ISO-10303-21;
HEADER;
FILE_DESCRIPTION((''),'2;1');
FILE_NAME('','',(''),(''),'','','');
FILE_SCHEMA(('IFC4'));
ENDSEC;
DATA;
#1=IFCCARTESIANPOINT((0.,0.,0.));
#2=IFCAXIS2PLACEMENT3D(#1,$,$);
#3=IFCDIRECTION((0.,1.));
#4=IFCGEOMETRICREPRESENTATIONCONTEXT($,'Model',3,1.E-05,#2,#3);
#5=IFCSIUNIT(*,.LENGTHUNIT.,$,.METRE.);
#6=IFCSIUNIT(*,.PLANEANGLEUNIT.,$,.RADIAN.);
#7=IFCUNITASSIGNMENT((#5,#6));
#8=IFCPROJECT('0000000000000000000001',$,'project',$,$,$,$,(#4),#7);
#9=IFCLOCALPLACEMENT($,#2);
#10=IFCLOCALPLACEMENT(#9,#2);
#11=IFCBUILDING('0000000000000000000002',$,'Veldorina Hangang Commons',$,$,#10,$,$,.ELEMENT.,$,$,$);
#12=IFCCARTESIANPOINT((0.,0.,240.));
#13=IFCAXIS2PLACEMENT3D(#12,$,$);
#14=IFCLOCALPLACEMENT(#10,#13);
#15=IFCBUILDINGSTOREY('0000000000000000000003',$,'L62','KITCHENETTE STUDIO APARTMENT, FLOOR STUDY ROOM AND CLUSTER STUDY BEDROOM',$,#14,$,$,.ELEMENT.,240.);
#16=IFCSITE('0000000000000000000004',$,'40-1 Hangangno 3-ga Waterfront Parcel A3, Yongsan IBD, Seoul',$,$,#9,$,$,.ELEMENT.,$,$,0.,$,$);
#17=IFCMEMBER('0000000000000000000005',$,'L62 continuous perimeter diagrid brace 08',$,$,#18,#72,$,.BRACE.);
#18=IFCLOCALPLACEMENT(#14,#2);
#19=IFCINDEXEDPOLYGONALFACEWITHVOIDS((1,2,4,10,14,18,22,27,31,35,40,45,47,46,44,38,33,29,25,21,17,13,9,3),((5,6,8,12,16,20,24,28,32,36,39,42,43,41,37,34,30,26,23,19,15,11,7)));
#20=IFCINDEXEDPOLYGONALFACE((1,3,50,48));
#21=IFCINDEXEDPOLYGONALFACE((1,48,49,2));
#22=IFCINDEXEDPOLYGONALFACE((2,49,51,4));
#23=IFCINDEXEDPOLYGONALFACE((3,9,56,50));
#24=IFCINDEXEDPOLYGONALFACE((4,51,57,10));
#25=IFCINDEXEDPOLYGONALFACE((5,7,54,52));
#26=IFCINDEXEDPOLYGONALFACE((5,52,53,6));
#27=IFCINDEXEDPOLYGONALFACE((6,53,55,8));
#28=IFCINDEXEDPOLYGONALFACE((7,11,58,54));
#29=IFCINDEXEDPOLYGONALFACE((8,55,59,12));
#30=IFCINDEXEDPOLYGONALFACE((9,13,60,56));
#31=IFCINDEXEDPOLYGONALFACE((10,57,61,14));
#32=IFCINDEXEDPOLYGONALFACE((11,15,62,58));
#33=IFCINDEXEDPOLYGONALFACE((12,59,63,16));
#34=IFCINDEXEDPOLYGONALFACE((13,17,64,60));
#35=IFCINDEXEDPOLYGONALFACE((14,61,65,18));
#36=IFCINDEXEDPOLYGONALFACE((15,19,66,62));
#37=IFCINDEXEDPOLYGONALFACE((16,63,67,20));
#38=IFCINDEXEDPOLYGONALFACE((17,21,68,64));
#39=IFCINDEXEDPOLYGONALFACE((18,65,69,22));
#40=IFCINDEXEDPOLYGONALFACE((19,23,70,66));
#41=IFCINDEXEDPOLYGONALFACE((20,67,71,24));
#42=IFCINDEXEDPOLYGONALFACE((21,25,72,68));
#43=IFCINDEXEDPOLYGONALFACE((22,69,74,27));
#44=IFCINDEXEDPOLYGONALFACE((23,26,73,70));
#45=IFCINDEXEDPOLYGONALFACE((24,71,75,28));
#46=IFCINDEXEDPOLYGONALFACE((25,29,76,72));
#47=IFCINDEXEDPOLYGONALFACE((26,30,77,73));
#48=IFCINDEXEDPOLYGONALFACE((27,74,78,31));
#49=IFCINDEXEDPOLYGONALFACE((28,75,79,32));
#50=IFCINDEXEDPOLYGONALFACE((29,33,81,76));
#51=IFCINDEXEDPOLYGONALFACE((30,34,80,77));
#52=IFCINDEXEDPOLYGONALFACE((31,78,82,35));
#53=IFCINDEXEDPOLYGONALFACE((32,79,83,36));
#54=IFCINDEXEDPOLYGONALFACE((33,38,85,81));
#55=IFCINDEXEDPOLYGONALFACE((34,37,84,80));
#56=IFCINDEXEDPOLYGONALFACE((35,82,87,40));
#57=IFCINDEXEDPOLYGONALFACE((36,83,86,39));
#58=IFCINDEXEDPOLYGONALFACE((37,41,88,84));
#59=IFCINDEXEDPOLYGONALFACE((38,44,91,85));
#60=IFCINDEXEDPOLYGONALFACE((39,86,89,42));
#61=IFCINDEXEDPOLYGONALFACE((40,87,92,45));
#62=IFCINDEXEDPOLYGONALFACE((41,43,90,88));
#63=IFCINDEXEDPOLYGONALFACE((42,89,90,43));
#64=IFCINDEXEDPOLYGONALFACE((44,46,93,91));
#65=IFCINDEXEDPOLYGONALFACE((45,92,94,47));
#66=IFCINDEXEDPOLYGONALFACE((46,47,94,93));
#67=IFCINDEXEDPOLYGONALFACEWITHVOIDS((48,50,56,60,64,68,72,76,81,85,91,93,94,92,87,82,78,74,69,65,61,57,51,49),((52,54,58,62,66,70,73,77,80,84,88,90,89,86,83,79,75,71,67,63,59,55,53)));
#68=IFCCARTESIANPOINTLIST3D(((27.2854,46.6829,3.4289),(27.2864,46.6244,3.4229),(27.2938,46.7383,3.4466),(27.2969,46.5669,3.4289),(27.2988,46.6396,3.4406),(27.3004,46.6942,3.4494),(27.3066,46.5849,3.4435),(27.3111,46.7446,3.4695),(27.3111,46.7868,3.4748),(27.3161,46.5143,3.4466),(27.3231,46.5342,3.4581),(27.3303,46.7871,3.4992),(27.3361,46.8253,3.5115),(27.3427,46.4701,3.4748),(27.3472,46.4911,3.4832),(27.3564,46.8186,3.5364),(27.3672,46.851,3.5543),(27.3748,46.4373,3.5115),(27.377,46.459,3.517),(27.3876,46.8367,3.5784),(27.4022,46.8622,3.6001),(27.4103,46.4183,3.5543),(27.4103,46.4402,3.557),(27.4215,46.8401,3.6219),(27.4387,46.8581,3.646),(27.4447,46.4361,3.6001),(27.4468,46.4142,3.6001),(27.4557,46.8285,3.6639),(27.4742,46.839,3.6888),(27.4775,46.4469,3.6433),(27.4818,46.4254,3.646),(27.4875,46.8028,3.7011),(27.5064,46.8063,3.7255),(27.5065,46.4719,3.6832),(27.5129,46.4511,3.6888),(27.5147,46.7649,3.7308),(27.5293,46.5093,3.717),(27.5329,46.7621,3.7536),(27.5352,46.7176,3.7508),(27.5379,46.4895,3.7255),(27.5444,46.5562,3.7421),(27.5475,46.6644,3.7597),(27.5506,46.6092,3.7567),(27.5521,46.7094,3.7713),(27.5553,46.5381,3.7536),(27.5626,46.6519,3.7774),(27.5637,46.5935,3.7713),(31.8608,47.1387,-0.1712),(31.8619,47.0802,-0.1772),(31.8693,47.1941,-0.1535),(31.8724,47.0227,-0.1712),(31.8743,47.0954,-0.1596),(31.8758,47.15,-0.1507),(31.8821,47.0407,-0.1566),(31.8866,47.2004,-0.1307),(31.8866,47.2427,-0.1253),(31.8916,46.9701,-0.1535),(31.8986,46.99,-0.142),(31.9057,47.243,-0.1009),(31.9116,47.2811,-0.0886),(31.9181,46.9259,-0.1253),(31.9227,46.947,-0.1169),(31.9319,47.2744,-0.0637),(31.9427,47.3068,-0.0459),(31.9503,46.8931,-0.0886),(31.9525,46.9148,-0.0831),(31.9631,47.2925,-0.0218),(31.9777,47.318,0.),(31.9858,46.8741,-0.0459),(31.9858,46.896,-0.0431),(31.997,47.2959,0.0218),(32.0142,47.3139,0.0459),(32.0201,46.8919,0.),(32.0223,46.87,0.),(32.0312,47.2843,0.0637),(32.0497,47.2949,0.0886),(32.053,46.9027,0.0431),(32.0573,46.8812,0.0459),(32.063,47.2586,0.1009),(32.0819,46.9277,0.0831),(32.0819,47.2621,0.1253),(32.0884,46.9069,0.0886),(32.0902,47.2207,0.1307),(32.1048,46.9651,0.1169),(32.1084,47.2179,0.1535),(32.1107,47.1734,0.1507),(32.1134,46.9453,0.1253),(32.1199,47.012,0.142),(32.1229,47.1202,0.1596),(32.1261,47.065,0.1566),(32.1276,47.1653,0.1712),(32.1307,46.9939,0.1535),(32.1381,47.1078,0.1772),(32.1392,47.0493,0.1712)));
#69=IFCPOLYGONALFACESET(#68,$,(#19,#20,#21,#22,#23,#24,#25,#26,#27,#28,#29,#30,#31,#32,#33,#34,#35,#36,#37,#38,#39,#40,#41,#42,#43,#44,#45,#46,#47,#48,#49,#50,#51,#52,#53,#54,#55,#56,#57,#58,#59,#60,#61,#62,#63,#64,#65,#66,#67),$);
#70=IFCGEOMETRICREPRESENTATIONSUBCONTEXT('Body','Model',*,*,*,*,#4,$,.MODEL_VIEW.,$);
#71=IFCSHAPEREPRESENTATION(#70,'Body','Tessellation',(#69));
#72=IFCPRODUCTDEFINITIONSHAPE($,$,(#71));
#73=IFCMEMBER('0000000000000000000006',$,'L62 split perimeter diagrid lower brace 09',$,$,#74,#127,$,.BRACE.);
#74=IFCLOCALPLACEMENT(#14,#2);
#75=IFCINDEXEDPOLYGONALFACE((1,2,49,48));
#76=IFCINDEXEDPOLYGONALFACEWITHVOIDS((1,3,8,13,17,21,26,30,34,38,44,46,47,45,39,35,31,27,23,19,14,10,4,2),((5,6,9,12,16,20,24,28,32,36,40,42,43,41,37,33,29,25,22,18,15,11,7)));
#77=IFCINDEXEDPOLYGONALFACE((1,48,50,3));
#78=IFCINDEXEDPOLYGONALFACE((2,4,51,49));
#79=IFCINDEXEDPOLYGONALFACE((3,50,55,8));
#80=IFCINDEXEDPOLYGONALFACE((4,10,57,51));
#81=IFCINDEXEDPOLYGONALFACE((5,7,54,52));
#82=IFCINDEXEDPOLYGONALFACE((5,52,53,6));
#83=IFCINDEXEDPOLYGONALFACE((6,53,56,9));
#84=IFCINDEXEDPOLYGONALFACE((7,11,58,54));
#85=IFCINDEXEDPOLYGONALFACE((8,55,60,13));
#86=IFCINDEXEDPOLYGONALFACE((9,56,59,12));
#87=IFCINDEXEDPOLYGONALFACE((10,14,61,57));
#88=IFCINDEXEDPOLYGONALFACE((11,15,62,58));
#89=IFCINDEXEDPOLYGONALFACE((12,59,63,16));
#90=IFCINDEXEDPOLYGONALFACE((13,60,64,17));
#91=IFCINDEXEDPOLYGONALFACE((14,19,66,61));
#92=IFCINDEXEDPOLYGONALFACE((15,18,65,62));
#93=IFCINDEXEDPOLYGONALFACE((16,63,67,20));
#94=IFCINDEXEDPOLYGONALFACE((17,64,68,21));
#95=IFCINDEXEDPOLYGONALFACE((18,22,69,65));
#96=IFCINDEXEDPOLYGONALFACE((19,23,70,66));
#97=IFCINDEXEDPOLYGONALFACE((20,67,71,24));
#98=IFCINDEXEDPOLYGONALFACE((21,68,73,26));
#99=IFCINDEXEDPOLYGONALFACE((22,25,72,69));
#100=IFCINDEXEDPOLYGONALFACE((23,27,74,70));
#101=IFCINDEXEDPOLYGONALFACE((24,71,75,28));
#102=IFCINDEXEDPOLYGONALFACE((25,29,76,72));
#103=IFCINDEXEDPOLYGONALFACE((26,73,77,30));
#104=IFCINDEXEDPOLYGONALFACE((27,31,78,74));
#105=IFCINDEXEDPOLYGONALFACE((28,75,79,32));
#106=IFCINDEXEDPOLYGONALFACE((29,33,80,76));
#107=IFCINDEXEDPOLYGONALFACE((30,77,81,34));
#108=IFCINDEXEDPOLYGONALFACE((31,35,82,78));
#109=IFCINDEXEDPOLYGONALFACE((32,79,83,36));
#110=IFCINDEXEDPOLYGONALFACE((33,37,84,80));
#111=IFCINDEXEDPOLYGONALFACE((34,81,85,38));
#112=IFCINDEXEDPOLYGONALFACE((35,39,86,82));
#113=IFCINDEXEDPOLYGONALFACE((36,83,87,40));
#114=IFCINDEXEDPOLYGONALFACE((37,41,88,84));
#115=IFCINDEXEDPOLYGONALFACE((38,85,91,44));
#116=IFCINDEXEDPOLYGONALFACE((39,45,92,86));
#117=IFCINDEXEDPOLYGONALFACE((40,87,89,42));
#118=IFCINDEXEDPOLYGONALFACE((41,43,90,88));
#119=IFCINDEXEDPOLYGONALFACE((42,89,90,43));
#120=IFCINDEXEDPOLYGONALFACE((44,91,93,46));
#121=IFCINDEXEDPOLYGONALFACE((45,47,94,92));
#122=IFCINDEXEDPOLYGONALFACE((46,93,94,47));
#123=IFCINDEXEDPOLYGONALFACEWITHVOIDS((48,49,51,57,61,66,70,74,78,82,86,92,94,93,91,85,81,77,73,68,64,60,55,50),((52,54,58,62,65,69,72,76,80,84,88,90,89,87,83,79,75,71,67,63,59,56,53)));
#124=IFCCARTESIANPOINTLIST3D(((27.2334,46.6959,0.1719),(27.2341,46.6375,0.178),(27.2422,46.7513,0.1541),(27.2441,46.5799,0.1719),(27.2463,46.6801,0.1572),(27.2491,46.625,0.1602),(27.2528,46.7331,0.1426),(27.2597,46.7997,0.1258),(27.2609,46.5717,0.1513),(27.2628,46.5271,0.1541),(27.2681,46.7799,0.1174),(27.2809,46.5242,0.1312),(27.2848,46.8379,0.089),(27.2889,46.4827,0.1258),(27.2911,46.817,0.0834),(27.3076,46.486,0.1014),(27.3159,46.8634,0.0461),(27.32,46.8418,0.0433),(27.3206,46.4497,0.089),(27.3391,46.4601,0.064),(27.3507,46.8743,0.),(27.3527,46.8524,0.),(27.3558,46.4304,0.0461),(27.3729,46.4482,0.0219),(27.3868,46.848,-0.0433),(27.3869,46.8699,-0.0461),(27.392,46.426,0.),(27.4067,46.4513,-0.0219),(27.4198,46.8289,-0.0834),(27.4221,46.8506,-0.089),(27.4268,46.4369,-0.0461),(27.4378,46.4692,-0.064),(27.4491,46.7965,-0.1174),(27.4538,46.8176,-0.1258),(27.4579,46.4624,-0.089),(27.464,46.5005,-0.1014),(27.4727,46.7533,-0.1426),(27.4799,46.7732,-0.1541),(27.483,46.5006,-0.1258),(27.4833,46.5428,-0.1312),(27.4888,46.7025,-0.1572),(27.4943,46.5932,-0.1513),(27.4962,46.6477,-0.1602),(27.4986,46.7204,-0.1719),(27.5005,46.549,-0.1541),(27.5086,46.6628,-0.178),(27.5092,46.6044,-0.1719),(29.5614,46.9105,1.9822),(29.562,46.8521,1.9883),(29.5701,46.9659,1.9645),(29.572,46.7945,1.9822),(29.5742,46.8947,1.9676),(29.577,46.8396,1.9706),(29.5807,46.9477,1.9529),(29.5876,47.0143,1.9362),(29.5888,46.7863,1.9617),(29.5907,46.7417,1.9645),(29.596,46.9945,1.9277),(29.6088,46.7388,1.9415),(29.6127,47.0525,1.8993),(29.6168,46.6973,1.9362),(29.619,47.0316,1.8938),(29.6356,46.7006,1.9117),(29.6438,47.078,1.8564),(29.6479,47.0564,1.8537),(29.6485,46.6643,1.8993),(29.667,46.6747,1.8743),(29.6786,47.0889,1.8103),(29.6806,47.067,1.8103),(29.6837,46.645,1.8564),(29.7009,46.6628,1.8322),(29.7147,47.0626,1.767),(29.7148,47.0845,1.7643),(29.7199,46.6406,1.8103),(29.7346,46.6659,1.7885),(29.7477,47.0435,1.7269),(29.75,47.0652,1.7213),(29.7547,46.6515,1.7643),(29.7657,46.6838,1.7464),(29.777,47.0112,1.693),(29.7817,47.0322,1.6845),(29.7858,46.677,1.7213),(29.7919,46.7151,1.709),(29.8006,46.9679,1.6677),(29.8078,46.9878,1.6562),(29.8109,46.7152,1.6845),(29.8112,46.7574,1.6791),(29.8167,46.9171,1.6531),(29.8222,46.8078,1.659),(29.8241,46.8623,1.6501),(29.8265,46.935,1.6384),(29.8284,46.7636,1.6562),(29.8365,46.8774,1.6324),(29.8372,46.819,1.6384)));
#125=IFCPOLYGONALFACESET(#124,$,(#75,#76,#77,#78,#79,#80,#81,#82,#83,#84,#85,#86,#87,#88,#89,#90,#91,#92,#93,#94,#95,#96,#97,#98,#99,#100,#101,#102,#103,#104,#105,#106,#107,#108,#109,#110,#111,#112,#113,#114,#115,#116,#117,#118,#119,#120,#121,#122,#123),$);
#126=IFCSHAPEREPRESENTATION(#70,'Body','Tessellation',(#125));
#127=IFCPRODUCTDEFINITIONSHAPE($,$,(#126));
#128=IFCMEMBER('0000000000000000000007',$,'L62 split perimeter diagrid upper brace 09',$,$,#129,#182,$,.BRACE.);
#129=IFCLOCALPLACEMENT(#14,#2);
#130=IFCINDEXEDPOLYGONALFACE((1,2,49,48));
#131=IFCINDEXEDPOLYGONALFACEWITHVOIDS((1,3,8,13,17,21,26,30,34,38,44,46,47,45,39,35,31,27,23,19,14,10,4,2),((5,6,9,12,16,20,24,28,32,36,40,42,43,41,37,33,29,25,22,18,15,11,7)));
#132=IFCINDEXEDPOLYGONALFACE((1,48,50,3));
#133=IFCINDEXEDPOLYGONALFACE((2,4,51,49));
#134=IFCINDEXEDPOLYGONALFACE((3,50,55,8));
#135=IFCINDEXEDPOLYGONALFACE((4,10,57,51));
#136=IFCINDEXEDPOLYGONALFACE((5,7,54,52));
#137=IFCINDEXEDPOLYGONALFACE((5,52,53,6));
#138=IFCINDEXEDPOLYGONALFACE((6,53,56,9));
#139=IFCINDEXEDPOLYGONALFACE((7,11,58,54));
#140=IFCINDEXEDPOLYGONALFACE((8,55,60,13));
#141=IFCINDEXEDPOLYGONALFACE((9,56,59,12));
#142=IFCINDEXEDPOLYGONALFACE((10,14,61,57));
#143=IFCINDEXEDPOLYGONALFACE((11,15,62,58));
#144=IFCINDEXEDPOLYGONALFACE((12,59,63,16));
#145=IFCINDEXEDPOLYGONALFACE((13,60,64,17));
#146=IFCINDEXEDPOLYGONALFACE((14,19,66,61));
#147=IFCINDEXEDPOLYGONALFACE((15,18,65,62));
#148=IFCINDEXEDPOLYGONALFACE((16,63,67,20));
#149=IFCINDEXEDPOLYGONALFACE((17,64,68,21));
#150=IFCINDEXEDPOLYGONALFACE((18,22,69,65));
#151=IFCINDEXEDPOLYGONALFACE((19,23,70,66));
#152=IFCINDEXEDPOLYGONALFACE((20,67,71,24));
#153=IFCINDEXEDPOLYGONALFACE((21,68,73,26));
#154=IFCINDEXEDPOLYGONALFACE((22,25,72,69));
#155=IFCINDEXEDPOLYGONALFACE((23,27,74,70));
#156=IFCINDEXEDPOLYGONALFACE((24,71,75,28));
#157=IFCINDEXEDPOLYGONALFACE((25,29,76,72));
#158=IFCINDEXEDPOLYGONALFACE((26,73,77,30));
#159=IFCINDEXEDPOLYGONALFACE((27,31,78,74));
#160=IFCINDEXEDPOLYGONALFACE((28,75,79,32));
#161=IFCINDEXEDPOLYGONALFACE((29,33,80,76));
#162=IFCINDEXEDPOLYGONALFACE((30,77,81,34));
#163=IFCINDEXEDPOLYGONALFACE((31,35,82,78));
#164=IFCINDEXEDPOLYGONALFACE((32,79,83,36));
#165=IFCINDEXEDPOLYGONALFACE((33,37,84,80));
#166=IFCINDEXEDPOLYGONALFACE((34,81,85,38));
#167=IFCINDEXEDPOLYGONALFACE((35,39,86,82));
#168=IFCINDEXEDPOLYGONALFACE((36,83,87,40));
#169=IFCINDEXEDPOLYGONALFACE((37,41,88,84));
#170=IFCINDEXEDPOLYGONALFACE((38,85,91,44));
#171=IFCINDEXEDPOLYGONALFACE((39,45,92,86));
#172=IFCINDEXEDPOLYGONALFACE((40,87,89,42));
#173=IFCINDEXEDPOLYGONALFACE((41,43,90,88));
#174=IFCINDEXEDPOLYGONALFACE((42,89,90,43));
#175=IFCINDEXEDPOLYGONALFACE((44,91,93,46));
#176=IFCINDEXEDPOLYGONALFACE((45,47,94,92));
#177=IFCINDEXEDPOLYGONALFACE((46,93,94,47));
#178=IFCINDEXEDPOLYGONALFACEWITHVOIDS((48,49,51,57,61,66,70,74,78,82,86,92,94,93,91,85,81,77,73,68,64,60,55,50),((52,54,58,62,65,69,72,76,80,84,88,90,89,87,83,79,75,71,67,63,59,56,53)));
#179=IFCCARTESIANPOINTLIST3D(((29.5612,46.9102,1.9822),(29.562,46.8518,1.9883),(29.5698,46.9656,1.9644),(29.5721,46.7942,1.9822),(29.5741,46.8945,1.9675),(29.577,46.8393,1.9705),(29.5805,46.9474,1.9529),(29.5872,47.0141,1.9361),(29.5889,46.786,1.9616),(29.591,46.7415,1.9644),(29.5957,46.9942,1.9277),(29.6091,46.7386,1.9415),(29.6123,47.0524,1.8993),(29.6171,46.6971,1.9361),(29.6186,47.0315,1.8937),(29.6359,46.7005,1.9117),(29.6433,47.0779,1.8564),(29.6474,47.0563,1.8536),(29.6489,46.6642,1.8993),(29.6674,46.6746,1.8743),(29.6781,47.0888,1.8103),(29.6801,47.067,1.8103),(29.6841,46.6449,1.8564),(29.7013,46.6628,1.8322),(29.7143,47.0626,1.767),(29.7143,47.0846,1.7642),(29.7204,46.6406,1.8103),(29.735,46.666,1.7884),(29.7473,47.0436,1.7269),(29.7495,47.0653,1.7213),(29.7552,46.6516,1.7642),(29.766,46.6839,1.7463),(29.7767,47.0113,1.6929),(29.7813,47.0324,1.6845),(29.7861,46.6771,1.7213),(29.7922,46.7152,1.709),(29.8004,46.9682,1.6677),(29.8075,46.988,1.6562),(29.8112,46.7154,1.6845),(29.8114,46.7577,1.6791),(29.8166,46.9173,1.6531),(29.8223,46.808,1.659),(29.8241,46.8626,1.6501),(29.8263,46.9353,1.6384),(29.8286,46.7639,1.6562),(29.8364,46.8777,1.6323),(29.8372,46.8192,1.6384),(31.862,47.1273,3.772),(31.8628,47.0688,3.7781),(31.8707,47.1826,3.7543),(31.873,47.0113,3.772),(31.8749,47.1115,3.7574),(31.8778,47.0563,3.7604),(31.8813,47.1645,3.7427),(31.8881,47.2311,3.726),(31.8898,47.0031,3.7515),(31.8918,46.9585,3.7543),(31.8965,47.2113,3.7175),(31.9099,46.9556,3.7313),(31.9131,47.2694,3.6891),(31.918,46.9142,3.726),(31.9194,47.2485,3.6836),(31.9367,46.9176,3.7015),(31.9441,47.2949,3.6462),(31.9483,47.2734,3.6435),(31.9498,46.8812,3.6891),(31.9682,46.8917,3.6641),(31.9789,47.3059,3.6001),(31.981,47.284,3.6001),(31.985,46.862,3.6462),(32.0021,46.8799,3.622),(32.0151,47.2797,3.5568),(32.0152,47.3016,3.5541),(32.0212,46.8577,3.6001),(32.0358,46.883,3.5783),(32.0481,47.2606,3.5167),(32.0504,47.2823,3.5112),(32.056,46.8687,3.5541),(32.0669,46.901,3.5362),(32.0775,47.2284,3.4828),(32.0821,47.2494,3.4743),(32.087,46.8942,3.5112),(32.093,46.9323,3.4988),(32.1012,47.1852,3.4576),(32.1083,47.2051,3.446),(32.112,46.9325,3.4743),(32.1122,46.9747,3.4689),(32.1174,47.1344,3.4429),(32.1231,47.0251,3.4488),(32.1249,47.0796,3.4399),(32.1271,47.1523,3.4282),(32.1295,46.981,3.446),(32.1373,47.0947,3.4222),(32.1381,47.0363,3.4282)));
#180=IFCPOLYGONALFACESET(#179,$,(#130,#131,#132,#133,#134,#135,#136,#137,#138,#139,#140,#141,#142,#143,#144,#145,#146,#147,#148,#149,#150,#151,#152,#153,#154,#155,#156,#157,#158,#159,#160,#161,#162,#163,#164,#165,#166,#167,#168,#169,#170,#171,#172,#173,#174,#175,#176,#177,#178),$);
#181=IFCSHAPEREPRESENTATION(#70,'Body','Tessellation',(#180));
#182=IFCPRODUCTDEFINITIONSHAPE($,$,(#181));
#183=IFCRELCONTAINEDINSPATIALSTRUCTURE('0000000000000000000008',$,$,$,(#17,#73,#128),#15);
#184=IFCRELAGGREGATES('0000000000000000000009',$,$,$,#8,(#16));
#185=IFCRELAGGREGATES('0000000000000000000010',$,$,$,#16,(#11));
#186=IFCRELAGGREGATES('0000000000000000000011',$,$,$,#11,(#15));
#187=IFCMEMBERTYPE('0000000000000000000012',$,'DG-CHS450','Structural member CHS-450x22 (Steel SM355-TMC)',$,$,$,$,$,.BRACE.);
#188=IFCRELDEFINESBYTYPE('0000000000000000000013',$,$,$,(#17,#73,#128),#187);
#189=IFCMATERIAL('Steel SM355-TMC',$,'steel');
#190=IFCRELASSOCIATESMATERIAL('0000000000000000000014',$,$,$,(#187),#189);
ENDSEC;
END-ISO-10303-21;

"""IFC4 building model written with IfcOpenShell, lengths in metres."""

from ifc_helpers import new_model, si_unit, direction, frame, origin, origin_2d, place, context, subcontext, project, spatial, hollow_circle, extrude, material, material_profile, profile_set, type_object, element, save


model = new_model("IFC4")

# Units and contexts
model_context = context("Model", 3, precision=1e-05, world=origin(), true_north=direction((0.0, 1.0)))
body_context = subcontext(model_context, "Body", "Model", "MODEL_VIEW")
ifc_project = project(units=[si_unit("LENGTHUNIT", "METRE"), si_unit("PLANEANGLEUNIT", "RADIAN")], contexts=[model_context])

# Site, building, storey
site_placement = place(None, origin())
site = spatial("IfcSite", under=ifc_project, at=site_placement, Name="40-1 Hangangno 3-ga Waterfront Parcel A3, Yongsan IBD, Seoul", CompositionType="ELEMENT", RefElevation=0.0)
building_placement = place(site_placement, origin())
building = spatial("IfcBuilding", under=site, at=building_placement, Name="Veldorina Hangang Commons", CompositionType="ELEMENT")
storey_placement = place(building_placement, frame((0.0, 0.0, 240.0)))
storey = spatial("IfcBuildingStorey", under=building, at=storey_placement, Name="L62", Description="KITCHENETTE STUDIO APARTMENT, FLOOR STUDY ROOM AND CLUSTER STUDY BEDROOM", CompositionType="ELEMENT", Elevation=240.0)

# Shared definitions
ifc_material_1 = material(Name="Steel SM355-TMC", Category="steel")

# Members
ifc_material_profile_1 = material_profile(ifc_material_1, hollow_circle(Radius=0.2251, WallThickness=0.022, at=origin_2d()), Name="CHS-450x22")
ifc_profile_set_1 = profile_set([ifc_material_profile_1], Name="Steel SM355-TMC")
member_type_1 = type_object("IfcMemberType", Name="DG-CHS450", Description="Structural member CHS-450x22 (Steel SM355-TMC)", PredefinedType="BRACE", material=ifc_profile_set_1)
member_1_placement = place(storey_placement, frame((32.0, 47.094, 0.0), z_axis=(-0.783494, -0.078053, 0.616478), x_axis=(0.09913, -0.995074, 0.0)))
element("IfcMember", 1, at=member_1_placement, inside=storey, type_object=member_type_1, Name="L62 continuous perimeter diagrid brace 08", PredefinedType="BRACE", context=body_context, shape_type="SweptSolid", body=[
    extrude(hollow_circle(Radius=0.2251, WallThickness=0.022, at=origin_2d()), origin(), (0.0, 0.0, 1.0), 5.8398),
])
member_2_placement = place(storey_placement, frame((27.3713, 46.6501, 0.0), z_axis=(0.787315, 0.07258, 0.612264), x_axis=(-0.091797, 0.995778, 0.0)))
element("IfcMember", 2, at=member_2_placement, inside=storey, type_object=member_type_1, Name="L62 split perimeter diagrid lower brace 09", PredefinedType="BRACE", context=body_context, shape_type="SweptSolid", body=[
    extrude(hollow_circle(Radius=0.2251, WallThickness=0.022, at=origin_2d()), origin(), (0.0, 0.0, 1.0), 2.9568),
])
member_3_placement = place(storey_placement, frame((29.6992, 46.8647, 1.8103), z_axis=(0.787124, 0.074252, 0.612309), x_axis=(-0.093917, 0.99558, 0.0)))
element("IfcMember", 3, at=member_3_placement, inside=storey, type_object=member_type_1, Name="L62 split perimeter diagrid upper brace 09", PredefinedType="BRACE", context=body_context, shape_type="SweptSolid", body=[
    extrude(hollow_circle(Radius=0.2251, WallThickness=0.022, at=origin_2d()), origin(), (0.0, 0.0, 1.0), 2.9231),
])

save(model, "model.ifc")
